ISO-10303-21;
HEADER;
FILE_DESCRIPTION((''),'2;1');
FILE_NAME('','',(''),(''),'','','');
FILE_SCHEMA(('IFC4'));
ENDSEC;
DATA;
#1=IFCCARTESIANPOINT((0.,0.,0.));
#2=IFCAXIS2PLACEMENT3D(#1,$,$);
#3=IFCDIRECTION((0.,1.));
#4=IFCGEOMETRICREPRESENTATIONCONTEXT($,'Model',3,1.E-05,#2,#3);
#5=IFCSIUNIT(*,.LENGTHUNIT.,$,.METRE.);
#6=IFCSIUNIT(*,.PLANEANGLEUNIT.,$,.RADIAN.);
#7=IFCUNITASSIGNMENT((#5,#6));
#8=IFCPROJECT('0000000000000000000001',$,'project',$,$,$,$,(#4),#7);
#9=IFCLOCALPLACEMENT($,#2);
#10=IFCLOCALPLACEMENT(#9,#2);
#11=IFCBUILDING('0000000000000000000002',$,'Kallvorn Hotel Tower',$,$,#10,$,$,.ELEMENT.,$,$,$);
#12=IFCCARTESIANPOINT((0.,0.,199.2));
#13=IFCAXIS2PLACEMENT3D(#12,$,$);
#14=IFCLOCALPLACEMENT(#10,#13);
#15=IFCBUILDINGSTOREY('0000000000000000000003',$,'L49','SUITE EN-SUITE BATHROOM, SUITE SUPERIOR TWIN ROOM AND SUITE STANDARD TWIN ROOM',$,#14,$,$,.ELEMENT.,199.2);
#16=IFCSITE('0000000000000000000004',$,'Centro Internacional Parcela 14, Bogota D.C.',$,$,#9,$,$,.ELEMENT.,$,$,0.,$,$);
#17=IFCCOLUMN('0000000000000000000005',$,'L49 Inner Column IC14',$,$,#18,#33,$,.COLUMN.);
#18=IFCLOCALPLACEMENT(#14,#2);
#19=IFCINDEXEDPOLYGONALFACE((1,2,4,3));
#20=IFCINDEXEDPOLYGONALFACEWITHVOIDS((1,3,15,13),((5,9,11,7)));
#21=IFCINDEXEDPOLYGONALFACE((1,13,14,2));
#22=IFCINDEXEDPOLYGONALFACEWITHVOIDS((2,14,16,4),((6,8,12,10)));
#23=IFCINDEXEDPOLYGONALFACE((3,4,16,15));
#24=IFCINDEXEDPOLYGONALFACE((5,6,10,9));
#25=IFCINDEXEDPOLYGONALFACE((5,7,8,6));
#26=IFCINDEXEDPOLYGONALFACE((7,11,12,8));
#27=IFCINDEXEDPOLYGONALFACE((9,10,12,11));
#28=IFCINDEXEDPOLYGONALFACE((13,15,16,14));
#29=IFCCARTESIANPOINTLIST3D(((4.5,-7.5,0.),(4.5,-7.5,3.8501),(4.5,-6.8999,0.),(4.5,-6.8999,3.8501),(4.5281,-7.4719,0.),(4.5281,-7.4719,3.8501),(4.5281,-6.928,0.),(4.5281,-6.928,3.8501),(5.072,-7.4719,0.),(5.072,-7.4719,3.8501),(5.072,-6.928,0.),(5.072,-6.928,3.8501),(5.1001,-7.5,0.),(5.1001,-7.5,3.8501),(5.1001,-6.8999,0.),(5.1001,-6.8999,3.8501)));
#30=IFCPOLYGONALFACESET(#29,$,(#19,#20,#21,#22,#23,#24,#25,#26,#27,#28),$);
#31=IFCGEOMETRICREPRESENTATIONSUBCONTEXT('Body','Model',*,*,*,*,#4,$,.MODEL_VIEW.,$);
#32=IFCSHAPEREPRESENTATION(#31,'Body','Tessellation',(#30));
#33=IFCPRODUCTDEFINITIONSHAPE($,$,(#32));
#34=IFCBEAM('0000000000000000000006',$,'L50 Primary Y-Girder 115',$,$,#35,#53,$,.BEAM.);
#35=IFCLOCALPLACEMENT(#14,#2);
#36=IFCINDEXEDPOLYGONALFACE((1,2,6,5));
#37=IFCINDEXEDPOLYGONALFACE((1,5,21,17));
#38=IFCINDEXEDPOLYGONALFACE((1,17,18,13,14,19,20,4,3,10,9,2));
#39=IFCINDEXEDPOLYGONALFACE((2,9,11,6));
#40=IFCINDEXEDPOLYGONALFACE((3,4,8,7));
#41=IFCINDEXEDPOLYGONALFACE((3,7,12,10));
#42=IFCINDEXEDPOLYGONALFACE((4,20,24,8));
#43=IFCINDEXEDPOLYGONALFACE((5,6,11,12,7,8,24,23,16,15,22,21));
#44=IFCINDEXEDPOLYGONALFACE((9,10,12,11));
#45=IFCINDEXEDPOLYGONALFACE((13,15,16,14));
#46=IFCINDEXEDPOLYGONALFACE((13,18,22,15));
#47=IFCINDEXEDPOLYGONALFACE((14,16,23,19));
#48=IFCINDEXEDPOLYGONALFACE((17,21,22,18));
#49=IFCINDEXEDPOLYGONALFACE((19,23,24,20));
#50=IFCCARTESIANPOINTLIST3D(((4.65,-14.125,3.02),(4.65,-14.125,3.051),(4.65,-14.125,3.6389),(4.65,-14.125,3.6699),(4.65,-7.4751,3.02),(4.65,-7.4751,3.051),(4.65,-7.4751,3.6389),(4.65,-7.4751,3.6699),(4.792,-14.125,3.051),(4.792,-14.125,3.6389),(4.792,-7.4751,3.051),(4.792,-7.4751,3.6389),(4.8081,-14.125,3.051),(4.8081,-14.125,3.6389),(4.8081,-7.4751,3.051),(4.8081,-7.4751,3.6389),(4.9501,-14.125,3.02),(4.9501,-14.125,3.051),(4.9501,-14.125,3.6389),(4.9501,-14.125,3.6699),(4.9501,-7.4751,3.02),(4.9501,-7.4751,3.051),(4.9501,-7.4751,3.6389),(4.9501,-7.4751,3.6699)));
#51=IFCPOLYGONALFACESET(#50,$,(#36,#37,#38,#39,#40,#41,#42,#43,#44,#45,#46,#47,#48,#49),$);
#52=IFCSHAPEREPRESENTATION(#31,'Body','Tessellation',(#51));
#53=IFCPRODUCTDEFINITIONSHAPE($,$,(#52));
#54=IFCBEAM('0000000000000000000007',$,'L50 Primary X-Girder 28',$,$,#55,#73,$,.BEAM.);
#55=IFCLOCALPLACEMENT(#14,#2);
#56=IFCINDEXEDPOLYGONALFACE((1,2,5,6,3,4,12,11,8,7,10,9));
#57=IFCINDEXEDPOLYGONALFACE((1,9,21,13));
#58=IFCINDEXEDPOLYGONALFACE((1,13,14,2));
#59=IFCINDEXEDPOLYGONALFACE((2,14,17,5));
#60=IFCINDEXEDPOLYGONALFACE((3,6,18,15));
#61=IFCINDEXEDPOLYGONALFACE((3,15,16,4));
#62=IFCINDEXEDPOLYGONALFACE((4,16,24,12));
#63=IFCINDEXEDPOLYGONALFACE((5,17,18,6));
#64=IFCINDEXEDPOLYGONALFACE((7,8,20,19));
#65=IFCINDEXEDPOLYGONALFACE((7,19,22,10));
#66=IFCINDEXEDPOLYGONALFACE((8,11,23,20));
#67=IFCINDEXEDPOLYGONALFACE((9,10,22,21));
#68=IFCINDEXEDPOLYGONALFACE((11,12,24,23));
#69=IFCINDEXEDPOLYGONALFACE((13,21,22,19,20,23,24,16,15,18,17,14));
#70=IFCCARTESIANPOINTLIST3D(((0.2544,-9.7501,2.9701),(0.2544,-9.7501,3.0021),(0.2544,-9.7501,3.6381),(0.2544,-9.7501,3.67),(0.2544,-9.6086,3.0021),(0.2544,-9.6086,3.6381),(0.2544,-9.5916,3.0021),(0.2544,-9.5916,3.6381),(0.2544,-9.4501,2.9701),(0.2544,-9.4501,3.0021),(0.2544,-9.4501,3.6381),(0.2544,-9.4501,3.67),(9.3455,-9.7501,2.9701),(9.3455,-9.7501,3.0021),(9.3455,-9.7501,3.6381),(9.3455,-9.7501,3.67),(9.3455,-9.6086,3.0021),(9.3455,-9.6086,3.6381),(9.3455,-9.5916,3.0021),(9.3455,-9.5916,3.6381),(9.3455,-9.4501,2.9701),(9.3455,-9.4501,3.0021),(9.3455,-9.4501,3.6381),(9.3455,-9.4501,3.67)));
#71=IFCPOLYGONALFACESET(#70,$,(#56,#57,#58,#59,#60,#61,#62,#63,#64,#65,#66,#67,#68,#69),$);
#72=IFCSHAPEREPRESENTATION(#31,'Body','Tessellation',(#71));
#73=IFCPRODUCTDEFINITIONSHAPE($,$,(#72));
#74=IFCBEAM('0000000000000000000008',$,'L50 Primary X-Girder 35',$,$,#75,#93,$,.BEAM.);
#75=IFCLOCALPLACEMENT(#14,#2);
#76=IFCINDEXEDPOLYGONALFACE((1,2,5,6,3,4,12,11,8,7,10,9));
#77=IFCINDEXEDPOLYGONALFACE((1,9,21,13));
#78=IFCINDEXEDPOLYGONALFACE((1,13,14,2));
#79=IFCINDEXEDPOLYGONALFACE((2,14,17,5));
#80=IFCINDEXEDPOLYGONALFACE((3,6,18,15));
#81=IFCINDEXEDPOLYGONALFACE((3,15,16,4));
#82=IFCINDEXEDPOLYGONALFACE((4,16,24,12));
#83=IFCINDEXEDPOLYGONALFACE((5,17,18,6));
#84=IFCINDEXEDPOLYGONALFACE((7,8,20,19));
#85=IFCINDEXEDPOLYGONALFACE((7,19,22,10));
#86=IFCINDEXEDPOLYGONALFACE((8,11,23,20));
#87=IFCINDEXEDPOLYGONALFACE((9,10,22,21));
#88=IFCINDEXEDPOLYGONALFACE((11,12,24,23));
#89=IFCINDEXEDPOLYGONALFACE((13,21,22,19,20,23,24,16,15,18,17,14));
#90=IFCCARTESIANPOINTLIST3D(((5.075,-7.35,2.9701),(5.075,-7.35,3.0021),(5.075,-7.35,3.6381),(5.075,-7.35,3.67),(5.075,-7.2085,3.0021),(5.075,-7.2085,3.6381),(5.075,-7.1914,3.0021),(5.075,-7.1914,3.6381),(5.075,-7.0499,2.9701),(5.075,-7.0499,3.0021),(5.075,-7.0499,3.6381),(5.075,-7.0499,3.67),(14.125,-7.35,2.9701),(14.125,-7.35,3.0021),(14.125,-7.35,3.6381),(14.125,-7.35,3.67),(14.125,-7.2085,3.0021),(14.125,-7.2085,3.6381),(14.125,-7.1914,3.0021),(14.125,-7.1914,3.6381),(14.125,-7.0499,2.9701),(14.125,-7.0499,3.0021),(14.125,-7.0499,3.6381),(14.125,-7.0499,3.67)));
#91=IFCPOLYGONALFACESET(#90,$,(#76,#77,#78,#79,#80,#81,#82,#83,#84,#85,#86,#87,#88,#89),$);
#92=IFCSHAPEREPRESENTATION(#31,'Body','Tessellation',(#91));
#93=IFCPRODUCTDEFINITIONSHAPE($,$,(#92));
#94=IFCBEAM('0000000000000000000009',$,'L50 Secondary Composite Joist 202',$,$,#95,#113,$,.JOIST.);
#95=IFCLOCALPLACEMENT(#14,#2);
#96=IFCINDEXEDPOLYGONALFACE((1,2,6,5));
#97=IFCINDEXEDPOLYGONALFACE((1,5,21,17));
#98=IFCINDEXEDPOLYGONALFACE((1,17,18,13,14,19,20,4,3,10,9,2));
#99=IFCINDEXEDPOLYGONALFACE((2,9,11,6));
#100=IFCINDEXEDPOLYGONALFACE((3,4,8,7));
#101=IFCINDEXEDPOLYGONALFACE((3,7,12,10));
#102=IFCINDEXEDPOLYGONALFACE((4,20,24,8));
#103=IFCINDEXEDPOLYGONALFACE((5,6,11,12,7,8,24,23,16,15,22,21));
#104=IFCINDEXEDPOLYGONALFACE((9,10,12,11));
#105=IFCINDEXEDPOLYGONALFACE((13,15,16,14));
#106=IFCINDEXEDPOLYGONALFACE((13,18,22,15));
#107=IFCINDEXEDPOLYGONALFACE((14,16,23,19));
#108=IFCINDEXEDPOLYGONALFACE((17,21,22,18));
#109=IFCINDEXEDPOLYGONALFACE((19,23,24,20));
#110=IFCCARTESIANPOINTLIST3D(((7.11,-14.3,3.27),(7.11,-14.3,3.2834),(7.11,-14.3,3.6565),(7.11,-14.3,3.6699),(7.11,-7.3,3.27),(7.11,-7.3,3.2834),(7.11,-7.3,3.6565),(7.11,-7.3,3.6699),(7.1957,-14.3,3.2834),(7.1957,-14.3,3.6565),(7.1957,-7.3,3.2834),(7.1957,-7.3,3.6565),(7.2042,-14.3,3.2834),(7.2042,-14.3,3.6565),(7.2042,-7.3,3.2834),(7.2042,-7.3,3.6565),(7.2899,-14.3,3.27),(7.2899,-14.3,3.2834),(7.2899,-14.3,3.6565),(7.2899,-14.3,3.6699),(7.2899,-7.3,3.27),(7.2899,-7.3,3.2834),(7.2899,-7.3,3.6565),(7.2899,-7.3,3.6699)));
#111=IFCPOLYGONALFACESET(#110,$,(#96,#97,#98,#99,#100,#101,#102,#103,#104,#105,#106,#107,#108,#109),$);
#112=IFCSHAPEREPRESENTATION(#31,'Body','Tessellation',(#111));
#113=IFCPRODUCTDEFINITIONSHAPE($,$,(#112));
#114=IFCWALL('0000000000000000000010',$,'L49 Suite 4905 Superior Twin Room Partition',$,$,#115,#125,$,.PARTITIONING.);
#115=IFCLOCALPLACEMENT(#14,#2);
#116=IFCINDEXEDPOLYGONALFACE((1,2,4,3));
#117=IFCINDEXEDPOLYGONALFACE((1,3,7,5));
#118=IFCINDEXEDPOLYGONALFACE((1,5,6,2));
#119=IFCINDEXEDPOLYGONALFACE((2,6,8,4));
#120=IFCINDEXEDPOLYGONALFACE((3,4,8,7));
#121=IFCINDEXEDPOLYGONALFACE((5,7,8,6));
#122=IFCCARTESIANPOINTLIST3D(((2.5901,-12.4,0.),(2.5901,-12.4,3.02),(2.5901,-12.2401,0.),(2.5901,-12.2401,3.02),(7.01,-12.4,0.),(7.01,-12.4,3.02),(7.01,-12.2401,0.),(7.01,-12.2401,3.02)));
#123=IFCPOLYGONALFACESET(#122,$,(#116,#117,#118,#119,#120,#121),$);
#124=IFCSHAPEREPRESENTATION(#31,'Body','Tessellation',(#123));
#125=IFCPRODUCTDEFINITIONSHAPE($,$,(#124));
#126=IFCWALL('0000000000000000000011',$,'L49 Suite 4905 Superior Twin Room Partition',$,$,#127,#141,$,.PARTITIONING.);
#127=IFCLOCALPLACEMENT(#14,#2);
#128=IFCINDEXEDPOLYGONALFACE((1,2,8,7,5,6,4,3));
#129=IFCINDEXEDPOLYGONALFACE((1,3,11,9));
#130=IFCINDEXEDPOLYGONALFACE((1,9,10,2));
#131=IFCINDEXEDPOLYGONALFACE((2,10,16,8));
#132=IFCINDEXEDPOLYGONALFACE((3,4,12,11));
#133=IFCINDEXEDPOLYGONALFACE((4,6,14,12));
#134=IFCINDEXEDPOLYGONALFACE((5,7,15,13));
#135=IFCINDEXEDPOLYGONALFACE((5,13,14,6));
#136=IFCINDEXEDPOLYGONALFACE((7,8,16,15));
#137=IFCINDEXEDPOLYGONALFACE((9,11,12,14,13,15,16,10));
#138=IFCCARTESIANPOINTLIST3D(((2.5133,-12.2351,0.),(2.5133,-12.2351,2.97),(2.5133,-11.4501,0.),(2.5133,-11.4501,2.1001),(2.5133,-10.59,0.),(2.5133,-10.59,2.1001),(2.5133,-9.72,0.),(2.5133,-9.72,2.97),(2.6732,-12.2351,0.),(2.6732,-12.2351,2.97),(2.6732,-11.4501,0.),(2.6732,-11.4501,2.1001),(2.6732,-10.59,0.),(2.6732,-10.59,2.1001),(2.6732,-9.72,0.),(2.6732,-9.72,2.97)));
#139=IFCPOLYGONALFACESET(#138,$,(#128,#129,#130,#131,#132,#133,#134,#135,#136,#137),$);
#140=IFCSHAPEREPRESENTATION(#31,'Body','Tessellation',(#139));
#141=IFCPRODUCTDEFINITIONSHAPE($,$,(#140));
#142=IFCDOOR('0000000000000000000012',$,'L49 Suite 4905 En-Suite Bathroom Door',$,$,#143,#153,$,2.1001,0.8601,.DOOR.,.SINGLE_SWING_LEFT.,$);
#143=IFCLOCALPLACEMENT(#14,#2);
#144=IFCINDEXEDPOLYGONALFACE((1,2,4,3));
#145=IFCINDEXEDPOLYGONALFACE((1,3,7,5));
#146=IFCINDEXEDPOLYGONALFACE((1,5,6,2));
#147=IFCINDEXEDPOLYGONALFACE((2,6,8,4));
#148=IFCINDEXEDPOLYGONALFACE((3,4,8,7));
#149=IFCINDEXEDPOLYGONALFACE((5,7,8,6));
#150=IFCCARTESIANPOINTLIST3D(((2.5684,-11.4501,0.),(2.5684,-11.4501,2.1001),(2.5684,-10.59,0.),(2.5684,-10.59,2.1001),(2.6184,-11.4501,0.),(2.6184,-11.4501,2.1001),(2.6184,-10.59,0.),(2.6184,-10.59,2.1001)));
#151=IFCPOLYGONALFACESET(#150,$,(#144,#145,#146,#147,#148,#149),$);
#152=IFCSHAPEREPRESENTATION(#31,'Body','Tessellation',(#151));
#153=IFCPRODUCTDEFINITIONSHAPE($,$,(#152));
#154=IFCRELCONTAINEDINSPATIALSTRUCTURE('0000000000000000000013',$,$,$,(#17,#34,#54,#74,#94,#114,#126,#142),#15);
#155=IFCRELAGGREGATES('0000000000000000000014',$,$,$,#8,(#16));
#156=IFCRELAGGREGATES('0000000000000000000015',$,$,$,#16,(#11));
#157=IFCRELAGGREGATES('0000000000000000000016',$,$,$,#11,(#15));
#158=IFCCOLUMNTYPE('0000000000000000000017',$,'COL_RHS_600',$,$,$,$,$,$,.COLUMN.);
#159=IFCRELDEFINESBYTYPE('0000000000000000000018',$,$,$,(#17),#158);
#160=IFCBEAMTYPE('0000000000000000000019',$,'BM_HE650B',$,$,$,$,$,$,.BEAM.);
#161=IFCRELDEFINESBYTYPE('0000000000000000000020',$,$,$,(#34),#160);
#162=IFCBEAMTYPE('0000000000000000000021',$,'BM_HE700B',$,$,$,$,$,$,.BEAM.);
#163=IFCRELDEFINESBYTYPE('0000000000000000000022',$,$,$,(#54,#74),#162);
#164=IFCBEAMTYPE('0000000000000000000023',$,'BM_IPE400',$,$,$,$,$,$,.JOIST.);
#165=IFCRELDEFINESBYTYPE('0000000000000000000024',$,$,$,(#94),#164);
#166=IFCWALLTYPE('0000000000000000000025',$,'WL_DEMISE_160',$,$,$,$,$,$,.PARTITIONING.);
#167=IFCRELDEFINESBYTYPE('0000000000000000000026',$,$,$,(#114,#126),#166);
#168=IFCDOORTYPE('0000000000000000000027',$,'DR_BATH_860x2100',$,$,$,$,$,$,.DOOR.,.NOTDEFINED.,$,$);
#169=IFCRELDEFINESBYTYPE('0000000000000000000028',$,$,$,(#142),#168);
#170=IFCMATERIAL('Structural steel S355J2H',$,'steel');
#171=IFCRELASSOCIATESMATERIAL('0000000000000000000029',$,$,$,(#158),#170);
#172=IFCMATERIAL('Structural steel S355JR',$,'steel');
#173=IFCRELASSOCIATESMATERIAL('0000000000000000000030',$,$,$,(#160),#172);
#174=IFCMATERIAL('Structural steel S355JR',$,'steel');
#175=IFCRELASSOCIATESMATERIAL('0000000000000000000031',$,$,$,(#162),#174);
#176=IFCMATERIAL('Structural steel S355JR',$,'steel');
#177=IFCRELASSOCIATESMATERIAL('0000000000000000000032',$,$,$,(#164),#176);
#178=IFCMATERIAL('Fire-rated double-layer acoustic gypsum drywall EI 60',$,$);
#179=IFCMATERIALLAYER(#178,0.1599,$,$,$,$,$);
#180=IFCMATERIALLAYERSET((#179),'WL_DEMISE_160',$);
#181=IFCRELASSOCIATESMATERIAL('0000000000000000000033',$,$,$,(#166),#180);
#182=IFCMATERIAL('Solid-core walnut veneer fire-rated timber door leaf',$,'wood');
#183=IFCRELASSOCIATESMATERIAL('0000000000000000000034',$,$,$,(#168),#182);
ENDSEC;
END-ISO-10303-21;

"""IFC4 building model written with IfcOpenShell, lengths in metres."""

from ifc_helpers import new_model, si_unit, direction, frame, frame_2d, origin, origin_2d, place, context, subcontext, project, spatial, rectangle, hollow_rectangle, i_section, extrude, material, layer, layer_set, material_profile, profile_set, type_object, element, fill, save


model = new_model("IFC4")

# Units and contexts
model_context = context("Model", 3, precision=1e-05, world=origin(), true_north=direction((0.0, 1.0)))
body_context = subcontext(model_context, "Body", "Model", "MODEL_VIEW")
ifc_project = project(units=[si_unit("LENGTHUNIT", "METRE"), si_unit("PLANEANGLEUNIT", "RADIAN")], contexts=[model_context])

# Site, building, storey
site_placement = place(None, origin())
site = spatial("IfcSite", under=ifc_project, at=site_placement, Name="Centro Internacional Parcela 14, Bogota D.C.", CompositionType="ELEMENT", RefElevation=0.0)
building_placement = place(site_placement, origin())
building = spatial("IfcBuilding", under=site, at=building_placement, Name="Kallvorn Hotel Tower", CompositionType="ELEMENT")
storey_placement = place(building_placement, frame((0.0, 0.0, 199.2)))
storey = spatial("IfcBuildingStorey", under=building, at=storey_placement, Name="L49", Description="SUITE EN-SUITE BATHROOM, SUITE SUPERIOR TWIN ROOM AND SUITE STANDARD TWIN ROOM", CompositionType="ELEMENT", Elevation=199.2)

# Column
ifc_material_1 = material(Name="Structural steel S355J2H", Category="steel")
ifc_material_profile_1 = material_profile(ifc_material_1, hollow_rectangle(XDim=0.6001, YDim=0.6001, WallThickness=0.0281, at=origin_2d()), Name="RHS 600x600x28")
ifc_profile_set_1 = profile_set([ifc_material_profile_1], Name="Structural steel S355J2H")
column_type = type_object("IfcColumnType", Name="COL_RHS_600", PredefinedType="COLUMN", material=ifc_profile_set_1)
column_placement = place(storey_placement, frame((4.8, -7.2, 0.0), z_axis=(0.0, 0.0, 1.0), x_axis=(1.0, 0.0, 0.0)))
element("IfcColumn", 1, at=column_placement, inside=storey, type_object=column_type, Name="L49 Inner Column IC14", PredefinedType="COLUMN", context=body_context, shape_type="SweptSolid", body=[
    extrude(hollow_rectangle(XDim=0.6001, YDim=0.6001, WallThickness=0.0281, at=origin_2d()), origin(), (0.0, 0.0, 1.0), 3.8501),
])

# Beams
ifc_material_2 = material(Name="Structural steel S355JR", Category="steel")
ifc_material_profile_2 = material_profile(ifc_material_2, i_section(OverallWidth=0.3, OverallDepth=0.6499, WebThickness=0.0161, FlangeThickness=0.031, at=origin_2d()), Name="HE 650 B")
ifc_profile_set_2 = profile_set([ifc_material_profile_2], Name="Structural steel S355JR")
beam_type_1 = type_object("IfcBeamType", Name="BM_HE650B", PredefinedType="BEAM", material=ifc_profile_set_2)
beam_1_placement = place(storey_placement, frame((4.8, -14.125, 3.345), z_axis=(0.0, 1.0, 0.0), x_axis=(-1.0, 0.0, 0.0)))
element("IfcBeam", 2, at=beam_1_placement, inside=storey, type_object=beam_type_1, Name="L50 Primary Y-Girder 115", PredefinedType="BEAM", context=body_context, shape_type="SweptSolid", body=[
    extrude(i_section(OverallWidth=0.3, OverallDepth=0.6499, WebThickness=0.0161, FlangeThickness=0.031, at=origin_2d()), origin(), (0.0, 0.0, 1.0), 6.6499),
])
ifc_material_3 = material(Name="Structural steel S355JR", Category="steel")
ifc_material_profile_3 = material_profile(ifc_material_3, i_section(OverallWidth=0.3, OverallDepth=0.7, WebThickness=0.0171, FlangeThickness=0.032, at=origin_2d()), Name="HE 700 B")
ifc_profile_set_3 = profile_set([ifc_material_profile_3], Name="Structural steel S355JR")
beam_type_2 = type_object("IfcBeamType", Name="BM_HE700B", PredefinedType="BEAM", material=ifc_profile_set_3)
beam_2_placement = place(storey_placement, frame((0.2544, -9.6001, 3.3201), z_axis=(1.0, 0.0, 0.0), x_axis=(0.0, 1.0, 0.0)))
element("IfcBeam", 3, at=beam_2_placement, inside=storey, type_object=beam_type_2, Name="L50 Primary X-Girder 28", PredefinedType="BEAM", context=body_context, shape_type="SweptSolid", body=[
    extrude(i_section(OverallWidth=0.3, OverallDepth=0.7, WebThickness=0.0171, FlangeThickness=0.032, at=origin_2d()), origin(), (0.0, 0.0, 1.0), 9.0911),
])
beam_3_placement = place(storey_placement, frame((5.075, -7.2, 3.3201), z_axis=(1.0, 0.0, 0.0), x_axis=(0.0, 1.0, 0.0)))
element("IfcBeam", 4, at=beam_3_placement, inside=storey, type_object=beam_type_2, Name="L50 Primary X-Girder 35", PredefinedType="BEAM", context=body_context, shape_type="SweptSolid", body=[
    extrude(i_section(OverallWidth=0.3, OverallDepth=0.7, WebThickness=0.0171, FlangeThickness=0.032, at=origin_2d()), origin(), (0.0, 0.0, 1.0), 9.05),
])
ifc_material_4 = material(Name="Structural steel S355JR", Category="steel")
ifc_material_profile_4 = material_profile(ifc_material_4, i_section(OverallWidth=0.1799, OverallDepth=0.3999, WebThickness=0.0085, FlangeThickness=0.0134, at=origin_2d()), Name="IPE 400")
ifc_profile_set_4 = profile_set([ifc_material_profile_4], Name="Structural steel S355JR")
beam_type_3 = type_object("IfcBeamType", Name="BM_IPE400", PredefinedType="JOIST", material=ifc_profile_set_4)
beam_4_placement = place(storey_placement, frame((7.2, -14.3, 3.47), z_axis=(0.0, 1.0, 0.0), x_axis=(-1.0, 0.0, 0.0)))
element("IfcBeam", 5, at=beam_4_placement, inside=storey, type_object=beam_type_3, Name="L50 Secondary Composite Joist 202", PredefinedType="JOIST", context=body_context, shape_type="SweptSolid", body=[
    extrude(i_section(OverallWidth=0.1799, OverallDepth=0.3999, WebThickness=0.0085, FlangeThickness=0.0134, at=origin_2d()), origin(), (0.0, 0.0, 1.0), 7.0),
])

# Wall
ifc_material_5 = material(Name="Fire-rated double-layer acoustic gypsum drywall EI 60")
ifc_layer_1 = layer(ifc_material_5, 0.1599)
ifc_layer_set_1 = layer_set([ifc_layer_1], Name="WL_DEMISE_160")
wall_type_1 = type_object("IfcWallType", Name="WL_DEMISE_160", PredefinedType="PARTITIONING", material=ifc_layer_set_1)
wall_1_placement = place(storey_placement, frame((2.5901, -12.3201, 0.0), z_axis=(0.0, 0.0, 1.0), x_axis=(1.0, 0.0, 0.0)))
element("IfcWall", 6, at=wall_1_placement, inside=storey, type_object=wall_type_1, Name="L49 Suite 4905 Superior Twin Room Partition", PredefinedType="PARTITIONING", context=body_context, shape_type="SweptSolid", body=[
    extrude(rectangle(XDim=4.4199, YDim=0.1599, at=frame_2d((2.21, 0.0))), origin(), (0.0, 0.0, 1.0), 3.02),
])

# Wall, opening, door
wall_2_placement = place(storey_placement, frame((2.5933, -12.2351, 0.0), z_axis=(0.0, 0.0, 1.0), x_axis=(0.0, 1.0, 0.0)))
wall_2 = element("IfcWall", 7, at=wall_2_placement, inside=storey, type_object=wall_type_1, Name="L49 Suite 4905 Superior Twin Room Partition", PredefinedType="PARTITIONING", context=body_context, shape_type="SweptSolid", body=[
    extrude(rectangle(XDim=2.5151, YDim=0.1599, at=frame_2d((1.2576, 0.0))), origin(), (0.0, 0.0, 1.0), 2.97),
])
opening_1_placement = place(wall_2_placement, frame((0.7849, 0.0, 0.0)))
opening_1 = element("IfcOpeningElement", 8, at=opening_1_placement, cuts=wall_2, PredefinedType="OPENING", context=body_context, shape_type="SweptSolid", body=[
    extrude(rectangle(XDim=0.8601, YDim=2.1001, at=frame_2d((0.4302, 1.05))), frame((0.0, 0.095, 0.0), z_axis=(0.0, -1.0, 0.0), x_axis=(1.0, 0.0, 0.0)), (0.0, 0.0, 1.0), 0.1899),
])
ifc_material_6 = material(Name="Solid-core walnut veneer fire-rated timber door leaf", Category="wood")
door_type_1 = type_object("IfcDoorType", Name="DR_BATH_860x2100", OperationType="NOTDEFINED", PredefinedType="DOOR", material=ifc_material_6)
door_1_placement = place(opening_1_placement, origin())
door_1 = element("IfcDoor", 9, at=door_1_placement, inside=storey, type_object=door_type_1, Name="L49 Suite 4905 En-Suite Bathroom Door", OperationType="SINGLE_SWING_LEFT", OverallHeight=2.1001, OverallWidth=0.8601, PredefinedType="DOOR", context=body_context, shape_type="SweptSolid", body=[
    extrude(rectangle(XDim=0.8601, YDim=2.1001, at=frame_2d((0.4302, 1.05))), frame((0.0, 0.0249, 0.0), z_axis=(0.0, -1.0, 0.0), x_axis=(1.0, 0.0, 0.0)), (0.0, 0.0, 1.0), 0.05),
])
fill(opening_1, door_1)

save(model, "model.ifc")
